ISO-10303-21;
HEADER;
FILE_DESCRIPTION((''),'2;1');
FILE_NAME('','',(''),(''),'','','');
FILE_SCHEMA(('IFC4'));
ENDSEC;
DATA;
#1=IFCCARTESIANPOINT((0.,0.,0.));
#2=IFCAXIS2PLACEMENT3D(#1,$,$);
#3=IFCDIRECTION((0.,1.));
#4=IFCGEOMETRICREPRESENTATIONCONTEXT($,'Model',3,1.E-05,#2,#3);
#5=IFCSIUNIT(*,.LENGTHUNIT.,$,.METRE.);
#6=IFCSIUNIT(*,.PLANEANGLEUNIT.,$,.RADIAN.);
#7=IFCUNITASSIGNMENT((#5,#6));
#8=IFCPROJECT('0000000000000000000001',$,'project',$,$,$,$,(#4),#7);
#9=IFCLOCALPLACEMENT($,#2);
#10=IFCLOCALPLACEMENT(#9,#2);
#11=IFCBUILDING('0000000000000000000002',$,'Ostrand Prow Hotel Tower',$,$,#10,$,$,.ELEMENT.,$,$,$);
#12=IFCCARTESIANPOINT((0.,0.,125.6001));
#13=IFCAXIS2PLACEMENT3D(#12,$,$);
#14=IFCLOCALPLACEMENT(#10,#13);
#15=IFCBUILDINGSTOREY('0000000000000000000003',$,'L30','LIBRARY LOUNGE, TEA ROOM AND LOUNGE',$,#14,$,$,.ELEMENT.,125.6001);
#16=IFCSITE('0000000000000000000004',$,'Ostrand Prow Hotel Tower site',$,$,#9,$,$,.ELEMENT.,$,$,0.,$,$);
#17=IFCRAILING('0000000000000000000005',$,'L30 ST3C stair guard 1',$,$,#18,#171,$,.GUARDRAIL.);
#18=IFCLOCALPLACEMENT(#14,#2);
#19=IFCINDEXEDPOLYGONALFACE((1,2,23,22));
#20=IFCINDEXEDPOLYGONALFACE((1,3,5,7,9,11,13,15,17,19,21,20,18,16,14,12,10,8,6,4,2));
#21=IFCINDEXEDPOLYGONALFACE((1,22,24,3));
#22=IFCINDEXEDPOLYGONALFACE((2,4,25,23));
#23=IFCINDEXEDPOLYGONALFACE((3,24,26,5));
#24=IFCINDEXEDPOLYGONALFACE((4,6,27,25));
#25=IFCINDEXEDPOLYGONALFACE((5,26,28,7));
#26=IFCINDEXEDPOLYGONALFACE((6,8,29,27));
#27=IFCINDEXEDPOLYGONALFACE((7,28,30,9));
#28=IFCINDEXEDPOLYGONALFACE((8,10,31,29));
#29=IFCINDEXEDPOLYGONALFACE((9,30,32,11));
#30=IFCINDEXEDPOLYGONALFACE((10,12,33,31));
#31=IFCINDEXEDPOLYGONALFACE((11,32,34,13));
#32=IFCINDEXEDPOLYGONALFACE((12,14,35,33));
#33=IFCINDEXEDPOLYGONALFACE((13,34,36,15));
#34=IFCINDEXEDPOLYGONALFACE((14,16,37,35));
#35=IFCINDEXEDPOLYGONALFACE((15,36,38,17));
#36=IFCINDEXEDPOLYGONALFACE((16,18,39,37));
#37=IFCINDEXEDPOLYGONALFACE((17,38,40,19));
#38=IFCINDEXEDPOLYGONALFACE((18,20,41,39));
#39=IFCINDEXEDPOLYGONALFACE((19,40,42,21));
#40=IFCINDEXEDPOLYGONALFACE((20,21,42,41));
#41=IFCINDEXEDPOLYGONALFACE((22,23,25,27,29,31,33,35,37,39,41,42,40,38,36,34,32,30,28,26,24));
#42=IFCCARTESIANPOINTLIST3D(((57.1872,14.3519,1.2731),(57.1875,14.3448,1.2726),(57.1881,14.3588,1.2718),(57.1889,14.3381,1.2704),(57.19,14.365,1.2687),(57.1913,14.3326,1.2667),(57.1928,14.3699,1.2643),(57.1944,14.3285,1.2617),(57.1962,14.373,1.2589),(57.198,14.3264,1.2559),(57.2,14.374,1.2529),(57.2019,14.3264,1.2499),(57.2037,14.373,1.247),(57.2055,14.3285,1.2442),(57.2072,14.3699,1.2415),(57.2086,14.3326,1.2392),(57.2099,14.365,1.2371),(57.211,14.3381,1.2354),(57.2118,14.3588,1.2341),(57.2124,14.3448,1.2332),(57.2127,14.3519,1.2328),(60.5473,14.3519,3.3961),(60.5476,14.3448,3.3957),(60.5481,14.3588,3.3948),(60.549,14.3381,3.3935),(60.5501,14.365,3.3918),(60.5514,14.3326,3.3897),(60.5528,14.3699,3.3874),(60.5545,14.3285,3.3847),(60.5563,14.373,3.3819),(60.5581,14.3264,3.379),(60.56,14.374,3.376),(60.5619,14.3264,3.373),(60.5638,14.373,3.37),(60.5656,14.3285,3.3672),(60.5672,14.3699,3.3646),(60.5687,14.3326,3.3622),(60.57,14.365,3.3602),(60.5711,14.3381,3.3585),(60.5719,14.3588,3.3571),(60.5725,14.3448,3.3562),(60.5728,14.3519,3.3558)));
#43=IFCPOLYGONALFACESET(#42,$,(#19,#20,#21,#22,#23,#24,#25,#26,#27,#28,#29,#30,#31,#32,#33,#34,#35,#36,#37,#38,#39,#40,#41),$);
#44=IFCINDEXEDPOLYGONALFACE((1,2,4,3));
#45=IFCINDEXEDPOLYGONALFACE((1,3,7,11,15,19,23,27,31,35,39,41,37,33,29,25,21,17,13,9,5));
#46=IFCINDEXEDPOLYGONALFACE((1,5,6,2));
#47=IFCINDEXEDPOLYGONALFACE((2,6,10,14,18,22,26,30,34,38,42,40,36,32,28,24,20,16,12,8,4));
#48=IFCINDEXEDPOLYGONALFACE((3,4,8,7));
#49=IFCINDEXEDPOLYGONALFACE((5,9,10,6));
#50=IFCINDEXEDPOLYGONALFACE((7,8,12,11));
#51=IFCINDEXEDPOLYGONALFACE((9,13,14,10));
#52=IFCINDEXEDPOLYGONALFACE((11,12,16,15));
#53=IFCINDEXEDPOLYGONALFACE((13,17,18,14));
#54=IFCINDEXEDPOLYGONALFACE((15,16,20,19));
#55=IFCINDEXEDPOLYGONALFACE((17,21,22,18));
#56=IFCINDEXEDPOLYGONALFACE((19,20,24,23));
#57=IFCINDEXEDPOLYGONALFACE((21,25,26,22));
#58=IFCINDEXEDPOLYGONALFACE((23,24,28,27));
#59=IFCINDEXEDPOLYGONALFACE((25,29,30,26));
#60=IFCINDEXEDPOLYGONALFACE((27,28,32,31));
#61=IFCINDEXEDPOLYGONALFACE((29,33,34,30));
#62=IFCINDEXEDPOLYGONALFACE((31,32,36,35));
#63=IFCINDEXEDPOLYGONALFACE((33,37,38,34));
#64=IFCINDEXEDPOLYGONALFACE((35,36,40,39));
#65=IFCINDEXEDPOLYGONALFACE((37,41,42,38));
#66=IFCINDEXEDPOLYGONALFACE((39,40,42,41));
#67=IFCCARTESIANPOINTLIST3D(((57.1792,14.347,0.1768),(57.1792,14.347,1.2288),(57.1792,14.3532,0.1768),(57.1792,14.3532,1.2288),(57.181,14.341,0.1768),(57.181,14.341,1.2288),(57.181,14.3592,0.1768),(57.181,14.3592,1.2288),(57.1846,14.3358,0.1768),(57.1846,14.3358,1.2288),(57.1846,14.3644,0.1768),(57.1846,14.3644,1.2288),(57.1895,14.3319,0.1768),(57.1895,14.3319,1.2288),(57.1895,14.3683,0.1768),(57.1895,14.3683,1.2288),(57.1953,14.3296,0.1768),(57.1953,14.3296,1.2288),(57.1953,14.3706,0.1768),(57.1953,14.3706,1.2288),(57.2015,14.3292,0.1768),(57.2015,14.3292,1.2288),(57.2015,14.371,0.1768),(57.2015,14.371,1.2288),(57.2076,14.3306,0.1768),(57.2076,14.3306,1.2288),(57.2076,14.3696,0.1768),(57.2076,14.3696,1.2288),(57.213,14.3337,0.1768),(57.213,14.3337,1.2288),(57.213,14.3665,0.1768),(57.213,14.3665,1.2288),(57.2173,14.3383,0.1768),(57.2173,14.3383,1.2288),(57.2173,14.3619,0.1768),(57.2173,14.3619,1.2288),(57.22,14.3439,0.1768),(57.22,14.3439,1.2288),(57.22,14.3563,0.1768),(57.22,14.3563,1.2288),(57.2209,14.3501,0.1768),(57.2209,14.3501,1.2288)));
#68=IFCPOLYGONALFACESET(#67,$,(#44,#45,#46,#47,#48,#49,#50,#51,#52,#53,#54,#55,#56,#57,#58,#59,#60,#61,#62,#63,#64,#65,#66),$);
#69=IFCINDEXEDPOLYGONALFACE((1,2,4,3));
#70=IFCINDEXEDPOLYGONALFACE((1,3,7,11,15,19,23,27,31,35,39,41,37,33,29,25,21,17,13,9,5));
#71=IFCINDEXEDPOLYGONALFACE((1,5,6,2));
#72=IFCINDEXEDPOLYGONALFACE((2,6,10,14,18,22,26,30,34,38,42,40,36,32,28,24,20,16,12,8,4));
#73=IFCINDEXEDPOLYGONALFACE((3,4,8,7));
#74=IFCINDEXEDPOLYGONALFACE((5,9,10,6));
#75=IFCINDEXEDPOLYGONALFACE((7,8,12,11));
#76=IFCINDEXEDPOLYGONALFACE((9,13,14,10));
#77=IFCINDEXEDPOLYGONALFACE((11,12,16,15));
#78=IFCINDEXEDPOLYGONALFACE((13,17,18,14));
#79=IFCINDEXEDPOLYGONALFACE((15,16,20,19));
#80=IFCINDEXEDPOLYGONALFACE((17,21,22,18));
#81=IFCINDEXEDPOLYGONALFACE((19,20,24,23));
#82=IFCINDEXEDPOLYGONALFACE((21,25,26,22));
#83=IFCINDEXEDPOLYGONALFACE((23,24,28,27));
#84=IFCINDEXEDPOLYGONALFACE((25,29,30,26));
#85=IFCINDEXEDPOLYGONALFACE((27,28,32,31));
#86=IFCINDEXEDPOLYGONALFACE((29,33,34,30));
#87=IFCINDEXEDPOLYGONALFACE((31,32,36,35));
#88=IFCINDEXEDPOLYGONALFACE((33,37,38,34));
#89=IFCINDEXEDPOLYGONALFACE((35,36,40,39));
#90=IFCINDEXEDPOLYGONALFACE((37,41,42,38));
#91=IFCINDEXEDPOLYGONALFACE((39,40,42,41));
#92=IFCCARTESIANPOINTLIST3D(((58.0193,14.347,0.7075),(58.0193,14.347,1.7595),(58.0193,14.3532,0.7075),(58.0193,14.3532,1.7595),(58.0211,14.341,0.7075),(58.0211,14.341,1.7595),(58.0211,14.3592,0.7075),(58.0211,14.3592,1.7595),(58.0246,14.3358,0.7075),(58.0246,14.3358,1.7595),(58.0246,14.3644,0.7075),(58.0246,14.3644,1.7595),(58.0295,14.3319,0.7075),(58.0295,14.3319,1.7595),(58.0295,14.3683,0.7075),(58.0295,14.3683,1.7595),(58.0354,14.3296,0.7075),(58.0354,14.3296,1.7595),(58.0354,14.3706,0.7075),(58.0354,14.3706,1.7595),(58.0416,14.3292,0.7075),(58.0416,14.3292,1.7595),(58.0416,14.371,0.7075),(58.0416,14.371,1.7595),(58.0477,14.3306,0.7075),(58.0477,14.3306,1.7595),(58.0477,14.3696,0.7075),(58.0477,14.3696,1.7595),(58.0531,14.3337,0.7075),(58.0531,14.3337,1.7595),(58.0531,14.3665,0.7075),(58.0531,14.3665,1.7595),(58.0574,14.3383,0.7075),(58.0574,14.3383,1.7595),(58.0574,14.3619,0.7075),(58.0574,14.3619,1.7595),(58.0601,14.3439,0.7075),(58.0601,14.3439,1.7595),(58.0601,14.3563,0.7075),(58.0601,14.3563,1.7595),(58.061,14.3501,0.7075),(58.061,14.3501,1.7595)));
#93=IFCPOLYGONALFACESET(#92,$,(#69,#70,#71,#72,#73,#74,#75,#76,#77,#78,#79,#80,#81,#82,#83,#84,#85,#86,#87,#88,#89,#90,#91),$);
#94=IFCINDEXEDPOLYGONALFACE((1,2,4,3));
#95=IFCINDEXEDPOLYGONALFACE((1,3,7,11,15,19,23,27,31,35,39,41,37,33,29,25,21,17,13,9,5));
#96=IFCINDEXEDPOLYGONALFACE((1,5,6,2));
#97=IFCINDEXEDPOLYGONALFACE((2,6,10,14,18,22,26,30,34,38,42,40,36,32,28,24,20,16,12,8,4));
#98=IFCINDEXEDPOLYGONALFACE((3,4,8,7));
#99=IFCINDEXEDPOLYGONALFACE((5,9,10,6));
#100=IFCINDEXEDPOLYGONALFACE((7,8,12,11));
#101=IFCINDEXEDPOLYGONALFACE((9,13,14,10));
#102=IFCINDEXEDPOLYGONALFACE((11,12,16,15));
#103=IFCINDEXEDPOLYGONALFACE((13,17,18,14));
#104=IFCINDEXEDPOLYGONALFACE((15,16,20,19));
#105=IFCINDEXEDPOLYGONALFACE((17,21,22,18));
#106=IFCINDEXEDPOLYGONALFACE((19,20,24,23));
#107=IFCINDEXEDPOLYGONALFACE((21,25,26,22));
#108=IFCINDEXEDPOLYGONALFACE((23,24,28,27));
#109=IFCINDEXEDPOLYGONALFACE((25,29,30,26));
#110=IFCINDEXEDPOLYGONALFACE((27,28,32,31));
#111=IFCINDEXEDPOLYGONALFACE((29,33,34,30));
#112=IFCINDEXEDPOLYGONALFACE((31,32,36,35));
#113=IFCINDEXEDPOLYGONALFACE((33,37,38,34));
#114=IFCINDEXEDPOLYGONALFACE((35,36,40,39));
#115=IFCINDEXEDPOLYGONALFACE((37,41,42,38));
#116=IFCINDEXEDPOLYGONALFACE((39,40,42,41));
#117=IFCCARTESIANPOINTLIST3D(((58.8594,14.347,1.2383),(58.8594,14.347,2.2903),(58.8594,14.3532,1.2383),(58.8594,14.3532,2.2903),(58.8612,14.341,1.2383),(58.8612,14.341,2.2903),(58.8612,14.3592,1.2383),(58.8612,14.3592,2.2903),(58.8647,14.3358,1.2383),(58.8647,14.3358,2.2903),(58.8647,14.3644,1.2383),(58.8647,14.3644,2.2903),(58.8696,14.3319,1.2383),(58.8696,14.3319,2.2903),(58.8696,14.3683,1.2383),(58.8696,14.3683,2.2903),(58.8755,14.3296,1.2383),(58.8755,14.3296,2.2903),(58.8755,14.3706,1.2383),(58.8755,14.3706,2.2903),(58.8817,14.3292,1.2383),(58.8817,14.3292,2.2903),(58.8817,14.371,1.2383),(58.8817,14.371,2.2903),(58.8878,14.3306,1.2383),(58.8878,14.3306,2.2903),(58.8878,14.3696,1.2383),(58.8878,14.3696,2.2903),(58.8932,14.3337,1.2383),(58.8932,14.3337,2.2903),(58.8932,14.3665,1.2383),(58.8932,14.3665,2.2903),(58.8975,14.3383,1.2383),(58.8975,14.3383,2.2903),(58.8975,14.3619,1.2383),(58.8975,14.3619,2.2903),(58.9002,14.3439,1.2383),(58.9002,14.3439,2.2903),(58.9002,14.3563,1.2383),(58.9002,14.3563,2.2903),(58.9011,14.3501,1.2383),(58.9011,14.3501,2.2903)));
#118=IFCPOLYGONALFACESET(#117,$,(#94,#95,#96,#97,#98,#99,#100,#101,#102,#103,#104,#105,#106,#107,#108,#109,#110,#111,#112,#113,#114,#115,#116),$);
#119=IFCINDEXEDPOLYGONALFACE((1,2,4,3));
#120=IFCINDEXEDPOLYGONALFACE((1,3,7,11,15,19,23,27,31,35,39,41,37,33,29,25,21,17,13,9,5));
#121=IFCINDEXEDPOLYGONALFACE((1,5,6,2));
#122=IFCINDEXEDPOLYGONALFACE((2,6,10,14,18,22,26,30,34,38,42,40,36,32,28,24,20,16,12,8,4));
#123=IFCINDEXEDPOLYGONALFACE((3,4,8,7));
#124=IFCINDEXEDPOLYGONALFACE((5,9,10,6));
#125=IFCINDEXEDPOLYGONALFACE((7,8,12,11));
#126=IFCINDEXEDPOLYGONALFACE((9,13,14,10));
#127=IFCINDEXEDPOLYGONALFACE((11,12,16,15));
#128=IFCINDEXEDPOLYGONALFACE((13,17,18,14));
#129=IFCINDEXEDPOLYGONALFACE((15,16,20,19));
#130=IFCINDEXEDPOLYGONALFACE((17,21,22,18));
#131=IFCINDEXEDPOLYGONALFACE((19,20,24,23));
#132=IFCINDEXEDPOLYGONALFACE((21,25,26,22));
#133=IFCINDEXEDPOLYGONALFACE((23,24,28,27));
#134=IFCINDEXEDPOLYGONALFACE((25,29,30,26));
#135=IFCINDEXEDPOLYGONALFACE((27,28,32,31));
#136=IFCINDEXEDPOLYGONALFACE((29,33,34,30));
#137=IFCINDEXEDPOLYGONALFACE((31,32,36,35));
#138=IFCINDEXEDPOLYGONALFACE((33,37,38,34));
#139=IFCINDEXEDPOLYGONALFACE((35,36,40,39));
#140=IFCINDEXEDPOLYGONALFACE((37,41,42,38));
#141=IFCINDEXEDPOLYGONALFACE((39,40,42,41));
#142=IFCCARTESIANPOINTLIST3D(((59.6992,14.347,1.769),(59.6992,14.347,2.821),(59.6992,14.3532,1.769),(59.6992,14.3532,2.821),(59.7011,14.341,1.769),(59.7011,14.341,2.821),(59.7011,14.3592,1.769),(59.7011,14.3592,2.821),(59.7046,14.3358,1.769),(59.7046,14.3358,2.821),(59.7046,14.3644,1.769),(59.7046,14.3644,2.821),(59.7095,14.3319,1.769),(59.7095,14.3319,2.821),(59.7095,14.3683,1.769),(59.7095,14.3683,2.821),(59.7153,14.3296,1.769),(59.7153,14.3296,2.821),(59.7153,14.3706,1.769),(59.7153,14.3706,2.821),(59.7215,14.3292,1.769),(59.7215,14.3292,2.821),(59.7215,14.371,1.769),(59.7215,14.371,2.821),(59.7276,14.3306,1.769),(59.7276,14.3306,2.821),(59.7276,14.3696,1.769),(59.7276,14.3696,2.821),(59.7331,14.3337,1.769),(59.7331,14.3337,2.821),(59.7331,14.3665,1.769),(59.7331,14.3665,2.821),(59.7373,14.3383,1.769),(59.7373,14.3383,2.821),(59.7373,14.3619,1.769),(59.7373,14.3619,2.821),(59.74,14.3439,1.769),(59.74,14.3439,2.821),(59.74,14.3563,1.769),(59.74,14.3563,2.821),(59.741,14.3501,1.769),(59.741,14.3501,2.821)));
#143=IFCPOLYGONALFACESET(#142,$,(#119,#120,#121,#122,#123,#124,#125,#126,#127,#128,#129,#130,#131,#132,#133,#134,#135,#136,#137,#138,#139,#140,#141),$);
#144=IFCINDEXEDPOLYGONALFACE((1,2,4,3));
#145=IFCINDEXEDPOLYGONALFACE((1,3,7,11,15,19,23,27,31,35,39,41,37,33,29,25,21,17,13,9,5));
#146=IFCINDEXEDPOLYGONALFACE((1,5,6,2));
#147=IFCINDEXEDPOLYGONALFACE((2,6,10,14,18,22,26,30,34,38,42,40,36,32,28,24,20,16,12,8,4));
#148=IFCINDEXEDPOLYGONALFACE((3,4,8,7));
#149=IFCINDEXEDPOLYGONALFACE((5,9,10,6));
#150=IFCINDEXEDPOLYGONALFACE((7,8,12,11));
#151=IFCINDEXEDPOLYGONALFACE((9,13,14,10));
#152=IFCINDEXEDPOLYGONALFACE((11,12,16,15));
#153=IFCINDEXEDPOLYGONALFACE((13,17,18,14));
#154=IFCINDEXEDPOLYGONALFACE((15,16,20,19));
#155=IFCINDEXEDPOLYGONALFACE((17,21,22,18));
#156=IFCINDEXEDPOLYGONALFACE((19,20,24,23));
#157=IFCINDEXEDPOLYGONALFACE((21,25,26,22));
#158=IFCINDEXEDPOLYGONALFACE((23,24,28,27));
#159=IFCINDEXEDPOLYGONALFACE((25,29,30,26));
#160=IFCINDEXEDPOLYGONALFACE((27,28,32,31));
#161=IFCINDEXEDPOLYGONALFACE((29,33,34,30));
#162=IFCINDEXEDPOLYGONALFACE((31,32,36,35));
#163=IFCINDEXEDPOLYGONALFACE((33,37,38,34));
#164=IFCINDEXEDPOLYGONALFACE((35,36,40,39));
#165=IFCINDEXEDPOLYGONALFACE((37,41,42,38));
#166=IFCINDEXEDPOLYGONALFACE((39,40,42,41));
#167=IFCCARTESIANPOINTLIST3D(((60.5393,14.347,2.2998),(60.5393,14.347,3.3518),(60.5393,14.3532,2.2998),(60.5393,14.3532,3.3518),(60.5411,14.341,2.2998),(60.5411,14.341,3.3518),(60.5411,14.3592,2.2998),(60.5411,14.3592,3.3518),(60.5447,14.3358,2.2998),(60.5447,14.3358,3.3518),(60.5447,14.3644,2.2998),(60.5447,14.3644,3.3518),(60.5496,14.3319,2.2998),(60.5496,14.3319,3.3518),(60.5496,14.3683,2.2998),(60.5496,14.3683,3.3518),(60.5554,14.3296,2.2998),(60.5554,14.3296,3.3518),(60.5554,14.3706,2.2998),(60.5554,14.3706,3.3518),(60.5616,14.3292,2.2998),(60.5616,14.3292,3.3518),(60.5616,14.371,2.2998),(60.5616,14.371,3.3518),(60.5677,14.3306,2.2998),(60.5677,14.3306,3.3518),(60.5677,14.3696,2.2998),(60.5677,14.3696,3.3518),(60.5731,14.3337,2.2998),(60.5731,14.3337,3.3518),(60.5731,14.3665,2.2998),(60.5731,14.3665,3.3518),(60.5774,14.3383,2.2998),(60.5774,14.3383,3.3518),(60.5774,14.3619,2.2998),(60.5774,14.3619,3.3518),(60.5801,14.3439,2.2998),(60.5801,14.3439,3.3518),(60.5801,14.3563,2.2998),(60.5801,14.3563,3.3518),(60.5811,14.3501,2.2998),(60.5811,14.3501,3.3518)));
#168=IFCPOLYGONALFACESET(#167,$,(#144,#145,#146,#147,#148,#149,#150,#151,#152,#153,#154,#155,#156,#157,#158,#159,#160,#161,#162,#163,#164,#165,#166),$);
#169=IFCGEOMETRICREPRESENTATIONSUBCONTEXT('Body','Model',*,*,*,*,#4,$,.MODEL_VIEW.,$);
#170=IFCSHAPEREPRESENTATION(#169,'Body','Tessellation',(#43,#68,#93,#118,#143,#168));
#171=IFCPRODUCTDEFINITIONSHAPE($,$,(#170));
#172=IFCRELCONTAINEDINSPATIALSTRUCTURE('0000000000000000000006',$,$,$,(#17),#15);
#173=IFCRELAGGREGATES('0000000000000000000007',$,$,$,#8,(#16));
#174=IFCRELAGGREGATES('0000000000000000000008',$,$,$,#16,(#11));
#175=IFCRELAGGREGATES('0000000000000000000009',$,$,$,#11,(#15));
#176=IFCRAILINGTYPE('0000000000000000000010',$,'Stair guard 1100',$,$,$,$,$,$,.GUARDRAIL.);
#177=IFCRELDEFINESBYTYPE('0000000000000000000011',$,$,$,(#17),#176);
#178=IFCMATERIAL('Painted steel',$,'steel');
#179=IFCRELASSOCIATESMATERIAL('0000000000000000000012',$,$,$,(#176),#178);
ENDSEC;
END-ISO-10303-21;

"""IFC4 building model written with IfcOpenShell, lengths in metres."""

from ifc_helpers import new_model, si_unit, direction, frame, origin, origin_2d, place, context, subcontext, project, spatial, circle, extrude, material, type_object, element, save


model = new_model("IFC4")

# Units and contexts
model_context = context("Model", 3, precision=1e-05, world=origin(), true_north=direction((0.0, 1.0)))
body_context = subcontext(model_context, "Body", "Model", "MODEL_VIEW")
ifc_project = project(units=[si_unit("LENGTHUNIT", "METRE"), si_unit("PLANEANGLEUNIT", "RADIAN")], contexts=[model_context])

# Site, building, storey
site_placement = place(None, origin())
site = spatial("IfcSite", under=ifc_project, at=site_placement, Name="Ostrand Prow Hotel Tower site", CompositionType="ELEMENT", RefElevation=0.0)
building_placement = place(site_placement, origin())
building = spatial("IfcBuilding", under=site, at=building_placement, Name="Ostrand Prow Hotel Tower", CompositionType="ELEMENT")
storey_placement = place(building_placement, frame((0.0, 0.0, 125.6001)))
storey = spatial("IfcBuildingStorey", under=building, at=storey_placement, Name="L30", Description="LIBRARY LOUNGE, TEA ROOM AND LOUNGE", CompositionType="ELEMENT", Elevation=125.6001)

# Railing
ifc_material_1 = material(Name="Painted steel", Category="steel")
railing_type_1 = type_object("IfcRailingType", Name="Stair guard 1100", PredefinedType="GUARDRAIL", material=ifc_material_1)
railing_1_placement = place(storey_placement, frame((57.2, 14.3501, 0.1768)))
element("IfcRailing", 1, at=railing_1_placement, inside=storey, type_object=railing_type_1, Name="L30 ST3C stair guard 1", PredefinedType="GUARDRAIL", context=body_context, shape_type="SweptSolid", body=[
    extrude(circle(Radius=0.0239, at=origin_2d()), frame((0.0, 0.0, 1.0762), z_axis=(0.84539, 0.0, 0.53415), x_axis=(0.0, 1.0, 0.0)), (0.0, 0.0, 1.0), 3.9746),
    extrude(circle(Radius=0.021, at=origin_2d()), origin(), (0.0, 0.0, 1.0), 1.052),
    extrude(circle(Radius=0.021, at=origin_2d()), frame((0.8401, 0.0, 0.5308)), (0.0, 0.0, 1.0), 1.052),
    extrude(circle(Radius=0.021, at=origin_2d()), frame((1.6802, 0.0, 1.0615)), (0.0, 0.0, 1.0), 1.052),
    extrude(circle(Radius=0.021, at=origin_2d()), frame((2.52, 0.0, 1.5923)), (0.0, 0.0, 1.0), 1.052),
    extrude(circle(Radius=0.021, at=origin_2d()), frame((3.3601, 0.0, 2.123)), (0.0, 0.0, 1.0), 1.052),
])

save(model, "model.ifc")
